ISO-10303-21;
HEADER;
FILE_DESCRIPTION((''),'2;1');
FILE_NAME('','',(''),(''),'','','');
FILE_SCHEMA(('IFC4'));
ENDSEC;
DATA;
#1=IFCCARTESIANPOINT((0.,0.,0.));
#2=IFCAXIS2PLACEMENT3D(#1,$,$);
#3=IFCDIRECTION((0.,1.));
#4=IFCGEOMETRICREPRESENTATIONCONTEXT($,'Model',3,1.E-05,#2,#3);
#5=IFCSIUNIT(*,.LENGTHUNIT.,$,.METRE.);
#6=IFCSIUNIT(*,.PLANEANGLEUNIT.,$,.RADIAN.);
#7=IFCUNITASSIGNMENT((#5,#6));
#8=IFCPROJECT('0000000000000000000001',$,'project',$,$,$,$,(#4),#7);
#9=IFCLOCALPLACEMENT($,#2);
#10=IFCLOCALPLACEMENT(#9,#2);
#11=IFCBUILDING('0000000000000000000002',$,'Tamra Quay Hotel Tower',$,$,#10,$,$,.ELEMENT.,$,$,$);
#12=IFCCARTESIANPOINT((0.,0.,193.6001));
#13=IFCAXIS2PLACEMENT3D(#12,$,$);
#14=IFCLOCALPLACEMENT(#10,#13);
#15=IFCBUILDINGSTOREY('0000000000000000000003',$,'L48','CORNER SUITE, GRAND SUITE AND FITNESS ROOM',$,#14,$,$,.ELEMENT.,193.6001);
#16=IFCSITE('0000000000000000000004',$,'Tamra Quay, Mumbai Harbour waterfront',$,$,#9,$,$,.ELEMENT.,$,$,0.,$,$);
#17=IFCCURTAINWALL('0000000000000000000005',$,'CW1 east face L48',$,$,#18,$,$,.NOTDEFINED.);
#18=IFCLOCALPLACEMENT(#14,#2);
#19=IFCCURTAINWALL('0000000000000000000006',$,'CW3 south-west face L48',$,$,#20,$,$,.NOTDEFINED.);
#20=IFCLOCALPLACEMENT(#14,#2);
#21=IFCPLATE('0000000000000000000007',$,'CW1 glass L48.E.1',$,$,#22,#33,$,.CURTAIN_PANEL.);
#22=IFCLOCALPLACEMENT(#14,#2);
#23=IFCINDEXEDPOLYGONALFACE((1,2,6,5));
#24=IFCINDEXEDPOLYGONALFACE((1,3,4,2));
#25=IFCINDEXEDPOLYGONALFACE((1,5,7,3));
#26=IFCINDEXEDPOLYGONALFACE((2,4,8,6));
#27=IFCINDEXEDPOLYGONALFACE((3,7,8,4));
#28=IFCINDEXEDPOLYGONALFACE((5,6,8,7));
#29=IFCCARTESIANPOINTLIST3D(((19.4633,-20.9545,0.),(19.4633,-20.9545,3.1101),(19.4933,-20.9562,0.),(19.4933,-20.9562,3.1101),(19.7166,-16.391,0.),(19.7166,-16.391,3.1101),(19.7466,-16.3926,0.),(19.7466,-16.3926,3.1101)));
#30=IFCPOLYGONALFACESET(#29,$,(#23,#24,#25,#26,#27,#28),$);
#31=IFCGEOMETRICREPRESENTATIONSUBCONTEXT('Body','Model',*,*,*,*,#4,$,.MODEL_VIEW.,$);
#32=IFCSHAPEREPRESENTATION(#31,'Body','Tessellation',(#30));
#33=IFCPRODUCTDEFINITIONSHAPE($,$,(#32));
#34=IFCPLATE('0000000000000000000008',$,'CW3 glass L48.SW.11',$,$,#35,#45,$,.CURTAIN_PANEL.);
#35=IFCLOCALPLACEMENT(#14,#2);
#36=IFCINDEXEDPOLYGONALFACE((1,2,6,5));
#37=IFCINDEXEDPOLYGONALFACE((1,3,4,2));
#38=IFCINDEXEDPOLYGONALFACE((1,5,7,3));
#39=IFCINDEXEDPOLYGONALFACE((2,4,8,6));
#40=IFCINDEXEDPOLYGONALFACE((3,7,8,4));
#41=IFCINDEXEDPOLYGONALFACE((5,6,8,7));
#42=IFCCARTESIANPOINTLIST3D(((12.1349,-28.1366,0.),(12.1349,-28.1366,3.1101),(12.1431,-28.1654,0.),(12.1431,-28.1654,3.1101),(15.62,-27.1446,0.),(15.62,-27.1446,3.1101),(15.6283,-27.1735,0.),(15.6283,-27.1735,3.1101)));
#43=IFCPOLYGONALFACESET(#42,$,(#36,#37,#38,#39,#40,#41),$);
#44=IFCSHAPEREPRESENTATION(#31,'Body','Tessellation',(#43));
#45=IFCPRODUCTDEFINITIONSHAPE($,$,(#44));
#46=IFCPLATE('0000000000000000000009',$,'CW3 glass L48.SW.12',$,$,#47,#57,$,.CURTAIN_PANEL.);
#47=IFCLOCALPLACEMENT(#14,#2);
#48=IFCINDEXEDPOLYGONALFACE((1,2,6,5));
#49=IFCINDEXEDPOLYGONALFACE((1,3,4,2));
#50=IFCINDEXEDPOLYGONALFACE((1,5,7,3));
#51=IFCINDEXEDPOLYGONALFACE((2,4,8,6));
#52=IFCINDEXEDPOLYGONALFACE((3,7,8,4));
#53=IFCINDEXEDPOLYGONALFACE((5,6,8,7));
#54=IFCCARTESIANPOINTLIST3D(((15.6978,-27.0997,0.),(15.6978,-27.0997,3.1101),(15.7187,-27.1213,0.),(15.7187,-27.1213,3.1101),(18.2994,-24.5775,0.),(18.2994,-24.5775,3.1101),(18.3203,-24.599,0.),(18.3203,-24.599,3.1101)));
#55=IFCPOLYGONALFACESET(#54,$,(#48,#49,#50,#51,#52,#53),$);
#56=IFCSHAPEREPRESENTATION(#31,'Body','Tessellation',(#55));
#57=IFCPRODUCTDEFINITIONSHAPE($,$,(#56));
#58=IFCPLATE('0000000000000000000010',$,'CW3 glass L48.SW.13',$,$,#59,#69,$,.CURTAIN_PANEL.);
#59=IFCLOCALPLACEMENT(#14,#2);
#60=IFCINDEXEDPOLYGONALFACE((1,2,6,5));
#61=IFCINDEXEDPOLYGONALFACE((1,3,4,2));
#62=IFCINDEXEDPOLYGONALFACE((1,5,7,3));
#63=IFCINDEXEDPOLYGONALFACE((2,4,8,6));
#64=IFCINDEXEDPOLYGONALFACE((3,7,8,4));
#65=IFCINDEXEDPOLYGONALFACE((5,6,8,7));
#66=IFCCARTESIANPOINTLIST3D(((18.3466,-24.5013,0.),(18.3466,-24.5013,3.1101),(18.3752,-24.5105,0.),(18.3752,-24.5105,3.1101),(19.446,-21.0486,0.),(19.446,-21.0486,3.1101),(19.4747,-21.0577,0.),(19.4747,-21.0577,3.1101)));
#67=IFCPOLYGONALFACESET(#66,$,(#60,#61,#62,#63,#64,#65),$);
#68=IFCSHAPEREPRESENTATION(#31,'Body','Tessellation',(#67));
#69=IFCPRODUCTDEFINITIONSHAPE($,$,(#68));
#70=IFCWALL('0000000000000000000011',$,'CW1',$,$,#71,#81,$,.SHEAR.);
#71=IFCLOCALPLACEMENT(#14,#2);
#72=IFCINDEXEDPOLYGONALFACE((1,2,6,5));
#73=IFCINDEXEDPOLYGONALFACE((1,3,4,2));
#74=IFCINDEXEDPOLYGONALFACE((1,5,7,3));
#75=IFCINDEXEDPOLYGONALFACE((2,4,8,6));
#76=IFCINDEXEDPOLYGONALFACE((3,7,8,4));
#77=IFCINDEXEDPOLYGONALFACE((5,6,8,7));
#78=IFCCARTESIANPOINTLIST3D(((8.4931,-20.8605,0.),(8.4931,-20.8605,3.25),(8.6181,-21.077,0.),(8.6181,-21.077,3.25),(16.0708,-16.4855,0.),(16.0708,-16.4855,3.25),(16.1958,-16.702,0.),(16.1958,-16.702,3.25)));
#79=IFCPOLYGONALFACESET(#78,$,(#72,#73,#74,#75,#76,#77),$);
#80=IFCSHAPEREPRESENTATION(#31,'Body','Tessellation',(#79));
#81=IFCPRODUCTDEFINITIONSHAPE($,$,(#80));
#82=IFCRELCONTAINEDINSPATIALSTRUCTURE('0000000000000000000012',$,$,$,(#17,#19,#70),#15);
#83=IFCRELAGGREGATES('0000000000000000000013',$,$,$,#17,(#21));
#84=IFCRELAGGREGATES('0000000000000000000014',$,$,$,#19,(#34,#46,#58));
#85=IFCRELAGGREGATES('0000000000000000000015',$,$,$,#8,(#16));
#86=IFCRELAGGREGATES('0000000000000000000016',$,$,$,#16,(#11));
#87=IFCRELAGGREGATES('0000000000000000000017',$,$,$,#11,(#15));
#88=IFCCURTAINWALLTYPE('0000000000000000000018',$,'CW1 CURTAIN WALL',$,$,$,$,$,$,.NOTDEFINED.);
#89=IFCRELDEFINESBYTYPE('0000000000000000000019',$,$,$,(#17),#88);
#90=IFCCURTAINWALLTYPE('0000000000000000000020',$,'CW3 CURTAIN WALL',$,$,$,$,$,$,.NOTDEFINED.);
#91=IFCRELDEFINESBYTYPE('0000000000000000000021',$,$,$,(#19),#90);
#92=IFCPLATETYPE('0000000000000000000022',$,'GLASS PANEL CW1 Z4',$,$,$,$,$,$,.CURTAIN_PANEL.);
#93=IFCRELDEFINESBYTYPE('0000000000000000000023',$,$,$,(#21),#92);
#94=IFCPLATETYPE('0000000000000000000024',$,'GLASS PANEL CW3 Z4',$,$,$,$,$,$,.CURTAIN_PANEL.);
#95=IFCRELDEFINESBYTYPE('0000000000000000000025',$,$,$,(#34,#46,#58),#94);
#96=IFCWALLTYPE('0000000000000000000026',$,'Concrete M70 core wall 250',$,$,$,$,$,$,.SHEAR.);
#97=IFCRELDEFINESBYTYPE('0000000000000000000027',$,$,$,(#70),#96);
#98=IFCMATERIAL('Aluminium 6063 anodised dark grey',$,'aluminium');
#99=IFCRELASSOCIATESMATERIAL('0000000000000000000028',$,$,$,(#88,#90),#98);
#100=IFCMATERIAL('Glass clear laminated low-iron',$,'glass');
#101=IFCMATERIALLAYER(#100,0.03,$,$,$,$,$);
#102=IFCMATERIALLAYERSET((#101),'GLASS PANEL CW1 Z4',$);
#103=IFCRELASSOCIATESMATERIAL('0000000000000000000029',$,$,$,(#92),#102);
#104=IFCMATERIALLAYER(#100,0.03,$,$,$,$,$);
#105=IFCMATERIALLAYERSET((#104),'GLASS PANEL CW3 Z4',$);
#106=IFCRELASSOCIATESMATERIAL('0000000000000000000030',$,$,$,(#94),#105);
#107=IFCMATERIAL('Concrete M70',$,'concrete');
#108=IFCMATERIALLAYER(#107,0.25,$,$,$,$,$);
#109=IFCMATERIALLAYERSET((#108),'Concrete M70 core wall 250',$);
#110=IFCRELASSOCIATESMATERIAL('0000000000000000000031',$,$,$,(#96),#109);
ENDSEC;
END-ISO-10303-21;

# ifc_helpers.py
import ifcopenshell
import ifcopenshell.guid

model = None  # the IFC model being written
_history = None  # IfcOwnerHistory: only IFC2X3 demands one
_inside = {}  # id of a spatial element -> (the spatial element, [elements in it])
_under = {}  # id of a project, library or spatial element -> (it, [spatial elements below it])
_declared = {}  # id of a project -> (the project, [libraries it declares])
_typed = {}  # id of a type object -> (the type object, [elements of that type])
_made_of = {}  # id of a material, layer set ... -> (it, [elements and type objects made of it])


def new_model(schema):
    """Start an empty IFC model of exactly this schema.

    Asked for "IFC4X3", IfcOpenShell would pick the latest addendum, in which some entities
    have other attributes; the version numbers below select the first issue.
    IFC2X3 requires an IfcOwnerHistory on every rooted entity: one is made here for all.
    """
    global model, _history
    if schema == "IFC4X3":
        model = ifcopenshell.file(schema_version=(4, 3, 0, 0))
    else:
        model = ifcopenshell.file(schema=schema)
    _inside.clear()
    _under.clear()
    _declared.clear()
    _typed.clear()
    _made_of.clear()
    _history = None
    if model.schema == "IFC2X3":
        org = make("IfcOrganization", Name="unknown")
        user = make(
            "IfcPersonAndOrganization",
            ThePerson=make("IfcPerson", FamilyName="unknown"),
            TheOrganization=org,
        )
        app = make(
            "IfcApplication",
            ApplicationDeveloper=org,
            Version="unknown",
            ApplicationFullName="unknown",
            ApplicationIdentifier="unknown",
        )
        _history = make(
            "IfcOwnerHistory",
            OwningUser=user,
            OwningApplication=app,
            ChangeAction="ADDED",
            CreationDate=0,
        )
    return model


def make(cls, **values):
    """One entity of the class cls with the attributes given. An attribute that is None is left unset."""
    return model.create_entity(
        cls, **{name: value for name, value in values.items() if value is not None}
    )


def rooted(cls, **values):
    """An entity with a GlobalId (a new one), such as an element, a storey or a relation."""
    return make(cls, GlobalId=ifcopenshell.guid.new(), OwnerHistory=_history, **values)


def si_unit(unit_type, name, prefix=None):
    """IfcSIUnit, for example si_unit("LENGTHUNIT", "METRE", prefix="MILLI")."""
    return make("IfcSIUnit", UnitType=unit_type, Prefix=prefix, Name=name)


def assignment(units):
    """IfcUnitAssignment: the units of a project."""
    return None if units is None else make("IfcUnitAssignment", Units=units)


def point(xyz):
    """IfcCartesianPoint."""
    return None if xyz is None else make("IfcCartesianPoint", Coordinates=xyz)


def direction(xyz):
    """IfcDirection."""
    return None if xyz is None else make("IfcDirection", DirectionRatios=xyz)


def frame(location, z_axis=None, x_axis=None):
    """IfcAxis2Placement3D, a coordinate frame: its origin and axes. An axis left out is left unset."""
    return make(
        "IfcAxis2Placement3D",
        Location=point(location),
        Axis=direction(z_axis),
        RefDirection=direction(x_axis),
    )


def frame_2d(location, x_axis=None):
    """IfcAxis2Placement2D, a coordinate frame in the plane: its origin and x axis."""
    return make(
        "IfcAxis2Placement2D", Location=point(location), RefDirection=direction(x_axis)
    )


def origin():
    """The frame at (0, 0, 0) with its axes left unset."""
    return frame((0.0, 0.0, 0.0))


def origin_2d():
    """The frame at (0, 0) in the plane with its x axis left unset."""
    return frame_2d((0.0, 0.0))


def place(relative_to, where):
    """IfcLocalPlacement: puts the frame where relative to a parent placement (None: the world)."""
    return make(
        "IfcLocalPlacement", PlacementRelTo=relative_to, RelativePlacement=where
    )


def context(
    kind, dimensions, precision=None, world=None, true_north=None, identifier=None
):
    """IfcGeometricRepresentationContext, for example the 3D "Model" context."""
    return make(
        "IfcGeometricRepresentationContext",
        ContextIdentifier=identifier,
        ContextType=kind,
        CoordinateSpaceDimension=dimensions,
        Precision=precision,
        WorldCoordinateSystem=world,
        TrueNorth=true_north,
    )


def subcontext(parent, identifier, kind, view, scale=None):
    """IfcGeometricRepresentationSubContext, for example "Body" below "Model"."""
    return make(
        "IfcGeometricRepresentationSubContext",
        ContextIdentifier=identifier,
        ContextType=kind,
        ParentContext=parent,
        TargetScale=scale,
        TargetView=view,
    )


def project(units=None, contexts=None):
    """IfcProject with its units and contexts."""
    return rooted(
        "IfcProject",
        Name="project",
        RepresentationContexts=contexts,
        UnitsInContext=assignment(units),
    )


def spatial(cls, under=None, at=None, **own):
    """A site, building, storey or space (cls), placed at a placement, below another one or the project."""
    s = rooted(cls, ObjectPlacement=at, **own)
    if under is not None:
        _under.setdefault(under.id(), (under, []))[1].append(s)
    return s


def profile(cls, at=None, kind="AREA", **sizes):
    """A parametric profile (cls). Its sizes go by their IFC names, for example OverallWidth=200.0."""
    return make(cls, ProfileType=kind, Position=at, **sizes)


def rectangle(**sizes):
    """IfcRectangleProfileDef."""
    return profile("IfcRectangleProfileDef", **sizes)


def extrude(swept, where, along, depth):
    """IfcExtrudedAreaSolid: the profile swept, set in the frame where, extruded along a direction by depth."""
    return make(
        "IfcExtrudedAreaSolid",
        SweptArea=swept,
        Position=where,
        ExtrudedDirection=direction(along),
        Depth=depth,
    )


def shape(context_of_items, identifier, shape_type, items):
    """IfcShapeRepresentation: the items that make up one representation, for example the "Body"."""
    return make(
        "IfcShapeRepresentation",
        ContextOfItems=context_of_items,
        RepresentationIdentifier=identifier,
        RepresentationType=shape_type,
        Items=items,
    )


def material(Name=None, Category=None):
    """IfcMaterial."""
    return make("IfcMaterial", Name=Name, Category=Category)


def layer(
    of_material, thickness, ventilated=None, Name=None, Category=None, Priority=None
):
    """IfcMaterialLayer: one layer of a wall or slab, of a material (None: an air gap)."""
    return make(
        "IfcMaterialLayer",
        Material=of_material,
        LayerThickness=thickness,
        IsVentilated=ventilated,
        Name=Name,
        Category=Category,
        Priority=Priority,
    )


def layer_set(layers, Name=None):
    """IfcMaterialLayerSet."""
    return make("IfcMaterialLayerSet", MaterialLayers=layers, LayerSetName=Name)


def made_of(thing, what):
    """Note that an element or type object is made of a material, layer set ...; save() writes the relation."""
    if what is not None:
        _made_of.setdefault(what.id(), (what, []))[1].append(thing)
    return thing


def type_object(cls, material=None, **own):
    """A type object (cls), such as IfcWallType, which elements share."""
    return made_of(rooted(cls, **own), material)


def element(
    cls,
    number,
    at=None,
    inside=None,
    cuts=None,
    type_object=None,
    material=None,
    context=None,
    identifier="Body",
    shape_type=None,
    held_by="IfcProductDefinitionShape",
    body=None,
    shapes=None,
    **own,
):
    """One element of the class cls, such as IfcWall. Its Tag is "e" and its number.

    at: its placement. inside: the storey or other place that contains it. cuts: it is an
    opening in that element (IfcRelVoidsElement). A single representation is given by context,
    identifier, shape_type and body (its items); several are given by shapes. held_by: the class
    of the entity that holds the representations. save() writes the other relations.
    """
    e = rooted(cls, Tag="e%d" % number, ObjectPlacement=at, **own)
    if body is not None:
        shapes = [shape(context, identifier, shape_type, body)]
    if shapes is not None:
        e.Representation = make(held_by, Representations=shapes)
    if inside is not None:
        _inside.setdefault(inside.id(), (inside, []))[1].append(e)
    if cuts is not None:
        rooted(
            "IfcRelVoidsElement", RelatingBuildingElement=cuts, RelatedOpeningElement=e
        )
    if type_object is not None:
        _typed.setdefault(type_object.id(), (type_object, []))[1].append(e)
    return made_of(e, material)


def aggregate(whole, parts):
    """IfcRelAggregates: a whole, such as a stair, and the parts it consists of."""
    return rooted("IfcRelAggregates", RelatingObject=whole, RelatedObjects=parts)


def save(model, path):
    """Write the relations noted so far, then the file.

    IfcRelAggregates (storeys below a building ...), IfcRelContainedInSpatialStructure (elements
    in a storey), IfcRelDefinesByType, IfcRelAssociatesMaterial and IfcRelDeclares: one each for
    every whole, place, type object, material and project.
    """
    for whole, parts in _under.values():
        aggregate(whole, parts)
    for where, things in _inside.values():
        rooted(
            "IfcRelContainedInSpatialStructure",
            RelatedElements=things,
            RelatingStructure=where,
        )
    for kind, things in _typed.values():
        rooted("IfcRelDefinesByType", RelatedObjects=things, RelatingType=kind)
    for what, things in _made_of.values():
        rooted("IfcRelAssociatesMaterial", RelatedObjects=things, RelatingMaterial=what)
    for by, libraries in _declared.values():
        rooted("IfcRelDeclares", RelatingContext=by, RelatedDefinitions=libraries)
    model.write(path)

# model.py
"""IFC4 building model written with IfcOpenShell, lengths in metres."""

from ifc_helpers import new_model, si_unit, direction, frame, frame_2d, origin, origin_2d, place, context, subcontext, project, spatial, rectangle, extrude, material, layer, layer_set, type_object, element, aggregate, save


model = new_model("IFC4")

# Units and contexts
model_context = context("Model", 3, precision=1e-05, world=origin(), true_north=direction((0.0, 1.0)))
body_context = subcontext(model_context, "Body", "Model", "MODEL_VIEW")
ifc_project = project(units=[si_unit("LENGTHUNIT", "METRE"), si_unit("PLANEANGLEUNIT", "RADIAN")], contexts=[model_context])

# Site, building, storey
site_placement = place(None, origin())
site = spatial("IfcSite", under=ifc_project, at=site_placement, Name="Tamra Quay, Mumbai Harbour waterfront", CompositionType="ELEMENT", RefElevation=0.0)
building_placement = place(site_placement, origin())
building = spatial("IfcBuilding", under=site, at=building_placement, Name="Tamra Quay Hotel Tower", CompositionType="ELEMENT")
storey_placement = place(building_placement, frame((0.0, 0.0, 193.6001)))
storey = spatial("IfcBuildingStorey", under=building, at=storey_placement, Name="L48", Description="CORNER SUITE, GRAND SUITE AND FITNESS ROOM", CompositionType="ELEMENT", Elevation=193.6001)

# Shared definitions
ifc_material_1 = material(Name="Concrete M70", Category="concrete")

# Curtain walls
ifc_material_2 = material(Name="Aluminium 6063 anodised dark grey", Category="aluminium")
curtain_wall_type_1 = type_object("IfcCurtainWallType", Name="CW1 CURTAIN WALL", PredefinedType="NOTDEFINED", material=ifc_material_2)
curtain_wall_1_placement = place(storey_placement, origin())
curtain_wall_1 = element("IfcCurtainWall", 1, at=curtain_wall_1_placement, inside=storey, type_object=curtain_wall_type_1, Name="CW1 east face L48", PredefinedType="NOTDEFINED")
curtain_wall_type_2 = type_object("IfcCurtainWallType", Name="CW3 CURTAIN WALL", PredefinedType="NOTDEFINED", material=ifc_material_2)
curtain_wall_2_placement = place(storey_placement, origin())
curtain_wall_2 = element("IfcCurtainWall", 2, at=curtain_wall_2_placement, inside=storey, type_object=curtain_wall_type_2, Name="CW3 south-west face L48", PredefinedType="NOTDEFINED")

# Plates
ifc_material_3 = material(Name="Glass clear laminated low-iron", Category="glass")
ifc_layer_1 = layer(ifc_material_3, 0.03)
ifc_layer_set_1 = layer_set([ifc_layer_1], Name="GLASS PANEL CW1 Z4")
plate_type_1 = type_object("IfcPlateType", Name="GLASS PANEL CW1 Z4", PredefinedType="CURTAIN_PANEL", material=ifc_layer_set_1)
plate_1_placement = place(storey_placement, frame((19.605, -18.6736, 0.0), z_axis=(0.0, 0.0, 1.0), x_axis=(0.055416, 0.998463, 0.0)))
plate_1 = element("IfcPlate", 3, at=plate_1_placement, type_object=plate_type_1, Name="CW1 glass L48.E.1", PredefinedType="CURTAIN_PANEL", context=body_context, shape_type="SweptSolid", body=[
    extrude(rectangle(XDim=4.5706, YDim=0.03, at=origin_2d()), origin(), (0.0, 0.0, 1.0), 3.1101),
])
aggregate(curtain_wall_1, [plate_1])
ifc_layer_2 = layer(ifc_material_3, 0.03)
ifc_layer_set_2 = layer_set([ifc_layer_2], Name="GLASS PANEL CW3 Z4")
plate_type_2 = type_object("IfcPlateType", Name="GLASS PANEL CW3 Z4", PredefinedType="CURTAIN_PANEL", material=ifc_layer_set_2)
plate_2_placement = place(storey_placement, frame((13.8816, -27.655, 0.0), z_axis=(0.0, 0.0, 1.0), x_axis=(0.961801, 0.27375, 0.0)))
plate_2 = element("IfcPlate", 4, at=plate_2_placement, type_object=plate_type_2, Name="CW3 glass L48.SW.11", PredefinedType="CURTAIN_PANEL", context=body_context, shape_type="SweptSolid", body=[
    extrude(rectangle(XDim=3.6235, YDim=0.03, at=origin_2d()), origin(), (0.0, 0.0, 1.0), 3.1101),
])
plate_3_placement = place(storey_placement, frame((17.009, -25.8494, 0.0), z_axis=(0.0, 0.0, 1.0), x_axis=(0.717975, 0.696069, 0.0)))
plate_3 = element("IfcPlate", 5, at=plate_3_placement, type_object=plate_type_2, Name="CW3 glass L48.SW.12", PredefinedType="CURTAIN_PANEL", context=body_context, shape_type="SweptSolid", body=[
    extrude(rectangle(XDim=3.6235, YDim=0.03, at=origin_2d()), origin(), (0.0, 0.0, 1.0), 3.1101),
])
plate_4_placement = place(storey_placement, frame((18.9106, -22.7795, 0.0), z_axis=(0.0, 0.0, 1.0), x_axis=(0.30341, 0.95286, 0.0)))
plate_4 = element("IfcPlate", 6, at=plate_4_placement, type_object=plate_type_2, Name="CW3 glass L48.SW.13", PredefinedType="CURTAIN_PANEL", context=body_context, shape_type="SweptSolid", body=[
    extrude(rectangle(XDim=3.6235, YDim=0.03, at=origin_2d()), origin(), (0.0, 0.0, 1.0), 3.1101),
])
aggregate(curtain_wall_2, [plate_2, plate_3, plate_4])

# Wall
ifc_layer_3 = layer(ifc_material_1, 0.25)
ifc_layer_set_3 = layer_set([ifc_layer_3], Name="Concrete M70 core wall 250")
wall_type = type_object("IfcWallType", Name="Concrete M70 core wall 250", PredefinedType="SHEAR", material=ifc_layer_set_3)
wall_placement = place(storey_placement, frame((16.1333, -16.5938, 0.0), z_axis=(0.0, 0.0, 1.0), x_axis=(-0.866023, -0.500004, 0.0)))
element("IfcWall", 7, at=wall_placement, inside=storey, type_object=wall_type, Name="CW1", PredefinedType="SHEAR", context=body_context, shape_type="SweptSolid", body=[
    extrude(rectangle(XDim=8.75, YDim=0.25, at=frame_2d((4.375, 0.0))), origin(), (0.0, 0.0, 1.0), 3.25),
])

save(model, "model.ifc")
